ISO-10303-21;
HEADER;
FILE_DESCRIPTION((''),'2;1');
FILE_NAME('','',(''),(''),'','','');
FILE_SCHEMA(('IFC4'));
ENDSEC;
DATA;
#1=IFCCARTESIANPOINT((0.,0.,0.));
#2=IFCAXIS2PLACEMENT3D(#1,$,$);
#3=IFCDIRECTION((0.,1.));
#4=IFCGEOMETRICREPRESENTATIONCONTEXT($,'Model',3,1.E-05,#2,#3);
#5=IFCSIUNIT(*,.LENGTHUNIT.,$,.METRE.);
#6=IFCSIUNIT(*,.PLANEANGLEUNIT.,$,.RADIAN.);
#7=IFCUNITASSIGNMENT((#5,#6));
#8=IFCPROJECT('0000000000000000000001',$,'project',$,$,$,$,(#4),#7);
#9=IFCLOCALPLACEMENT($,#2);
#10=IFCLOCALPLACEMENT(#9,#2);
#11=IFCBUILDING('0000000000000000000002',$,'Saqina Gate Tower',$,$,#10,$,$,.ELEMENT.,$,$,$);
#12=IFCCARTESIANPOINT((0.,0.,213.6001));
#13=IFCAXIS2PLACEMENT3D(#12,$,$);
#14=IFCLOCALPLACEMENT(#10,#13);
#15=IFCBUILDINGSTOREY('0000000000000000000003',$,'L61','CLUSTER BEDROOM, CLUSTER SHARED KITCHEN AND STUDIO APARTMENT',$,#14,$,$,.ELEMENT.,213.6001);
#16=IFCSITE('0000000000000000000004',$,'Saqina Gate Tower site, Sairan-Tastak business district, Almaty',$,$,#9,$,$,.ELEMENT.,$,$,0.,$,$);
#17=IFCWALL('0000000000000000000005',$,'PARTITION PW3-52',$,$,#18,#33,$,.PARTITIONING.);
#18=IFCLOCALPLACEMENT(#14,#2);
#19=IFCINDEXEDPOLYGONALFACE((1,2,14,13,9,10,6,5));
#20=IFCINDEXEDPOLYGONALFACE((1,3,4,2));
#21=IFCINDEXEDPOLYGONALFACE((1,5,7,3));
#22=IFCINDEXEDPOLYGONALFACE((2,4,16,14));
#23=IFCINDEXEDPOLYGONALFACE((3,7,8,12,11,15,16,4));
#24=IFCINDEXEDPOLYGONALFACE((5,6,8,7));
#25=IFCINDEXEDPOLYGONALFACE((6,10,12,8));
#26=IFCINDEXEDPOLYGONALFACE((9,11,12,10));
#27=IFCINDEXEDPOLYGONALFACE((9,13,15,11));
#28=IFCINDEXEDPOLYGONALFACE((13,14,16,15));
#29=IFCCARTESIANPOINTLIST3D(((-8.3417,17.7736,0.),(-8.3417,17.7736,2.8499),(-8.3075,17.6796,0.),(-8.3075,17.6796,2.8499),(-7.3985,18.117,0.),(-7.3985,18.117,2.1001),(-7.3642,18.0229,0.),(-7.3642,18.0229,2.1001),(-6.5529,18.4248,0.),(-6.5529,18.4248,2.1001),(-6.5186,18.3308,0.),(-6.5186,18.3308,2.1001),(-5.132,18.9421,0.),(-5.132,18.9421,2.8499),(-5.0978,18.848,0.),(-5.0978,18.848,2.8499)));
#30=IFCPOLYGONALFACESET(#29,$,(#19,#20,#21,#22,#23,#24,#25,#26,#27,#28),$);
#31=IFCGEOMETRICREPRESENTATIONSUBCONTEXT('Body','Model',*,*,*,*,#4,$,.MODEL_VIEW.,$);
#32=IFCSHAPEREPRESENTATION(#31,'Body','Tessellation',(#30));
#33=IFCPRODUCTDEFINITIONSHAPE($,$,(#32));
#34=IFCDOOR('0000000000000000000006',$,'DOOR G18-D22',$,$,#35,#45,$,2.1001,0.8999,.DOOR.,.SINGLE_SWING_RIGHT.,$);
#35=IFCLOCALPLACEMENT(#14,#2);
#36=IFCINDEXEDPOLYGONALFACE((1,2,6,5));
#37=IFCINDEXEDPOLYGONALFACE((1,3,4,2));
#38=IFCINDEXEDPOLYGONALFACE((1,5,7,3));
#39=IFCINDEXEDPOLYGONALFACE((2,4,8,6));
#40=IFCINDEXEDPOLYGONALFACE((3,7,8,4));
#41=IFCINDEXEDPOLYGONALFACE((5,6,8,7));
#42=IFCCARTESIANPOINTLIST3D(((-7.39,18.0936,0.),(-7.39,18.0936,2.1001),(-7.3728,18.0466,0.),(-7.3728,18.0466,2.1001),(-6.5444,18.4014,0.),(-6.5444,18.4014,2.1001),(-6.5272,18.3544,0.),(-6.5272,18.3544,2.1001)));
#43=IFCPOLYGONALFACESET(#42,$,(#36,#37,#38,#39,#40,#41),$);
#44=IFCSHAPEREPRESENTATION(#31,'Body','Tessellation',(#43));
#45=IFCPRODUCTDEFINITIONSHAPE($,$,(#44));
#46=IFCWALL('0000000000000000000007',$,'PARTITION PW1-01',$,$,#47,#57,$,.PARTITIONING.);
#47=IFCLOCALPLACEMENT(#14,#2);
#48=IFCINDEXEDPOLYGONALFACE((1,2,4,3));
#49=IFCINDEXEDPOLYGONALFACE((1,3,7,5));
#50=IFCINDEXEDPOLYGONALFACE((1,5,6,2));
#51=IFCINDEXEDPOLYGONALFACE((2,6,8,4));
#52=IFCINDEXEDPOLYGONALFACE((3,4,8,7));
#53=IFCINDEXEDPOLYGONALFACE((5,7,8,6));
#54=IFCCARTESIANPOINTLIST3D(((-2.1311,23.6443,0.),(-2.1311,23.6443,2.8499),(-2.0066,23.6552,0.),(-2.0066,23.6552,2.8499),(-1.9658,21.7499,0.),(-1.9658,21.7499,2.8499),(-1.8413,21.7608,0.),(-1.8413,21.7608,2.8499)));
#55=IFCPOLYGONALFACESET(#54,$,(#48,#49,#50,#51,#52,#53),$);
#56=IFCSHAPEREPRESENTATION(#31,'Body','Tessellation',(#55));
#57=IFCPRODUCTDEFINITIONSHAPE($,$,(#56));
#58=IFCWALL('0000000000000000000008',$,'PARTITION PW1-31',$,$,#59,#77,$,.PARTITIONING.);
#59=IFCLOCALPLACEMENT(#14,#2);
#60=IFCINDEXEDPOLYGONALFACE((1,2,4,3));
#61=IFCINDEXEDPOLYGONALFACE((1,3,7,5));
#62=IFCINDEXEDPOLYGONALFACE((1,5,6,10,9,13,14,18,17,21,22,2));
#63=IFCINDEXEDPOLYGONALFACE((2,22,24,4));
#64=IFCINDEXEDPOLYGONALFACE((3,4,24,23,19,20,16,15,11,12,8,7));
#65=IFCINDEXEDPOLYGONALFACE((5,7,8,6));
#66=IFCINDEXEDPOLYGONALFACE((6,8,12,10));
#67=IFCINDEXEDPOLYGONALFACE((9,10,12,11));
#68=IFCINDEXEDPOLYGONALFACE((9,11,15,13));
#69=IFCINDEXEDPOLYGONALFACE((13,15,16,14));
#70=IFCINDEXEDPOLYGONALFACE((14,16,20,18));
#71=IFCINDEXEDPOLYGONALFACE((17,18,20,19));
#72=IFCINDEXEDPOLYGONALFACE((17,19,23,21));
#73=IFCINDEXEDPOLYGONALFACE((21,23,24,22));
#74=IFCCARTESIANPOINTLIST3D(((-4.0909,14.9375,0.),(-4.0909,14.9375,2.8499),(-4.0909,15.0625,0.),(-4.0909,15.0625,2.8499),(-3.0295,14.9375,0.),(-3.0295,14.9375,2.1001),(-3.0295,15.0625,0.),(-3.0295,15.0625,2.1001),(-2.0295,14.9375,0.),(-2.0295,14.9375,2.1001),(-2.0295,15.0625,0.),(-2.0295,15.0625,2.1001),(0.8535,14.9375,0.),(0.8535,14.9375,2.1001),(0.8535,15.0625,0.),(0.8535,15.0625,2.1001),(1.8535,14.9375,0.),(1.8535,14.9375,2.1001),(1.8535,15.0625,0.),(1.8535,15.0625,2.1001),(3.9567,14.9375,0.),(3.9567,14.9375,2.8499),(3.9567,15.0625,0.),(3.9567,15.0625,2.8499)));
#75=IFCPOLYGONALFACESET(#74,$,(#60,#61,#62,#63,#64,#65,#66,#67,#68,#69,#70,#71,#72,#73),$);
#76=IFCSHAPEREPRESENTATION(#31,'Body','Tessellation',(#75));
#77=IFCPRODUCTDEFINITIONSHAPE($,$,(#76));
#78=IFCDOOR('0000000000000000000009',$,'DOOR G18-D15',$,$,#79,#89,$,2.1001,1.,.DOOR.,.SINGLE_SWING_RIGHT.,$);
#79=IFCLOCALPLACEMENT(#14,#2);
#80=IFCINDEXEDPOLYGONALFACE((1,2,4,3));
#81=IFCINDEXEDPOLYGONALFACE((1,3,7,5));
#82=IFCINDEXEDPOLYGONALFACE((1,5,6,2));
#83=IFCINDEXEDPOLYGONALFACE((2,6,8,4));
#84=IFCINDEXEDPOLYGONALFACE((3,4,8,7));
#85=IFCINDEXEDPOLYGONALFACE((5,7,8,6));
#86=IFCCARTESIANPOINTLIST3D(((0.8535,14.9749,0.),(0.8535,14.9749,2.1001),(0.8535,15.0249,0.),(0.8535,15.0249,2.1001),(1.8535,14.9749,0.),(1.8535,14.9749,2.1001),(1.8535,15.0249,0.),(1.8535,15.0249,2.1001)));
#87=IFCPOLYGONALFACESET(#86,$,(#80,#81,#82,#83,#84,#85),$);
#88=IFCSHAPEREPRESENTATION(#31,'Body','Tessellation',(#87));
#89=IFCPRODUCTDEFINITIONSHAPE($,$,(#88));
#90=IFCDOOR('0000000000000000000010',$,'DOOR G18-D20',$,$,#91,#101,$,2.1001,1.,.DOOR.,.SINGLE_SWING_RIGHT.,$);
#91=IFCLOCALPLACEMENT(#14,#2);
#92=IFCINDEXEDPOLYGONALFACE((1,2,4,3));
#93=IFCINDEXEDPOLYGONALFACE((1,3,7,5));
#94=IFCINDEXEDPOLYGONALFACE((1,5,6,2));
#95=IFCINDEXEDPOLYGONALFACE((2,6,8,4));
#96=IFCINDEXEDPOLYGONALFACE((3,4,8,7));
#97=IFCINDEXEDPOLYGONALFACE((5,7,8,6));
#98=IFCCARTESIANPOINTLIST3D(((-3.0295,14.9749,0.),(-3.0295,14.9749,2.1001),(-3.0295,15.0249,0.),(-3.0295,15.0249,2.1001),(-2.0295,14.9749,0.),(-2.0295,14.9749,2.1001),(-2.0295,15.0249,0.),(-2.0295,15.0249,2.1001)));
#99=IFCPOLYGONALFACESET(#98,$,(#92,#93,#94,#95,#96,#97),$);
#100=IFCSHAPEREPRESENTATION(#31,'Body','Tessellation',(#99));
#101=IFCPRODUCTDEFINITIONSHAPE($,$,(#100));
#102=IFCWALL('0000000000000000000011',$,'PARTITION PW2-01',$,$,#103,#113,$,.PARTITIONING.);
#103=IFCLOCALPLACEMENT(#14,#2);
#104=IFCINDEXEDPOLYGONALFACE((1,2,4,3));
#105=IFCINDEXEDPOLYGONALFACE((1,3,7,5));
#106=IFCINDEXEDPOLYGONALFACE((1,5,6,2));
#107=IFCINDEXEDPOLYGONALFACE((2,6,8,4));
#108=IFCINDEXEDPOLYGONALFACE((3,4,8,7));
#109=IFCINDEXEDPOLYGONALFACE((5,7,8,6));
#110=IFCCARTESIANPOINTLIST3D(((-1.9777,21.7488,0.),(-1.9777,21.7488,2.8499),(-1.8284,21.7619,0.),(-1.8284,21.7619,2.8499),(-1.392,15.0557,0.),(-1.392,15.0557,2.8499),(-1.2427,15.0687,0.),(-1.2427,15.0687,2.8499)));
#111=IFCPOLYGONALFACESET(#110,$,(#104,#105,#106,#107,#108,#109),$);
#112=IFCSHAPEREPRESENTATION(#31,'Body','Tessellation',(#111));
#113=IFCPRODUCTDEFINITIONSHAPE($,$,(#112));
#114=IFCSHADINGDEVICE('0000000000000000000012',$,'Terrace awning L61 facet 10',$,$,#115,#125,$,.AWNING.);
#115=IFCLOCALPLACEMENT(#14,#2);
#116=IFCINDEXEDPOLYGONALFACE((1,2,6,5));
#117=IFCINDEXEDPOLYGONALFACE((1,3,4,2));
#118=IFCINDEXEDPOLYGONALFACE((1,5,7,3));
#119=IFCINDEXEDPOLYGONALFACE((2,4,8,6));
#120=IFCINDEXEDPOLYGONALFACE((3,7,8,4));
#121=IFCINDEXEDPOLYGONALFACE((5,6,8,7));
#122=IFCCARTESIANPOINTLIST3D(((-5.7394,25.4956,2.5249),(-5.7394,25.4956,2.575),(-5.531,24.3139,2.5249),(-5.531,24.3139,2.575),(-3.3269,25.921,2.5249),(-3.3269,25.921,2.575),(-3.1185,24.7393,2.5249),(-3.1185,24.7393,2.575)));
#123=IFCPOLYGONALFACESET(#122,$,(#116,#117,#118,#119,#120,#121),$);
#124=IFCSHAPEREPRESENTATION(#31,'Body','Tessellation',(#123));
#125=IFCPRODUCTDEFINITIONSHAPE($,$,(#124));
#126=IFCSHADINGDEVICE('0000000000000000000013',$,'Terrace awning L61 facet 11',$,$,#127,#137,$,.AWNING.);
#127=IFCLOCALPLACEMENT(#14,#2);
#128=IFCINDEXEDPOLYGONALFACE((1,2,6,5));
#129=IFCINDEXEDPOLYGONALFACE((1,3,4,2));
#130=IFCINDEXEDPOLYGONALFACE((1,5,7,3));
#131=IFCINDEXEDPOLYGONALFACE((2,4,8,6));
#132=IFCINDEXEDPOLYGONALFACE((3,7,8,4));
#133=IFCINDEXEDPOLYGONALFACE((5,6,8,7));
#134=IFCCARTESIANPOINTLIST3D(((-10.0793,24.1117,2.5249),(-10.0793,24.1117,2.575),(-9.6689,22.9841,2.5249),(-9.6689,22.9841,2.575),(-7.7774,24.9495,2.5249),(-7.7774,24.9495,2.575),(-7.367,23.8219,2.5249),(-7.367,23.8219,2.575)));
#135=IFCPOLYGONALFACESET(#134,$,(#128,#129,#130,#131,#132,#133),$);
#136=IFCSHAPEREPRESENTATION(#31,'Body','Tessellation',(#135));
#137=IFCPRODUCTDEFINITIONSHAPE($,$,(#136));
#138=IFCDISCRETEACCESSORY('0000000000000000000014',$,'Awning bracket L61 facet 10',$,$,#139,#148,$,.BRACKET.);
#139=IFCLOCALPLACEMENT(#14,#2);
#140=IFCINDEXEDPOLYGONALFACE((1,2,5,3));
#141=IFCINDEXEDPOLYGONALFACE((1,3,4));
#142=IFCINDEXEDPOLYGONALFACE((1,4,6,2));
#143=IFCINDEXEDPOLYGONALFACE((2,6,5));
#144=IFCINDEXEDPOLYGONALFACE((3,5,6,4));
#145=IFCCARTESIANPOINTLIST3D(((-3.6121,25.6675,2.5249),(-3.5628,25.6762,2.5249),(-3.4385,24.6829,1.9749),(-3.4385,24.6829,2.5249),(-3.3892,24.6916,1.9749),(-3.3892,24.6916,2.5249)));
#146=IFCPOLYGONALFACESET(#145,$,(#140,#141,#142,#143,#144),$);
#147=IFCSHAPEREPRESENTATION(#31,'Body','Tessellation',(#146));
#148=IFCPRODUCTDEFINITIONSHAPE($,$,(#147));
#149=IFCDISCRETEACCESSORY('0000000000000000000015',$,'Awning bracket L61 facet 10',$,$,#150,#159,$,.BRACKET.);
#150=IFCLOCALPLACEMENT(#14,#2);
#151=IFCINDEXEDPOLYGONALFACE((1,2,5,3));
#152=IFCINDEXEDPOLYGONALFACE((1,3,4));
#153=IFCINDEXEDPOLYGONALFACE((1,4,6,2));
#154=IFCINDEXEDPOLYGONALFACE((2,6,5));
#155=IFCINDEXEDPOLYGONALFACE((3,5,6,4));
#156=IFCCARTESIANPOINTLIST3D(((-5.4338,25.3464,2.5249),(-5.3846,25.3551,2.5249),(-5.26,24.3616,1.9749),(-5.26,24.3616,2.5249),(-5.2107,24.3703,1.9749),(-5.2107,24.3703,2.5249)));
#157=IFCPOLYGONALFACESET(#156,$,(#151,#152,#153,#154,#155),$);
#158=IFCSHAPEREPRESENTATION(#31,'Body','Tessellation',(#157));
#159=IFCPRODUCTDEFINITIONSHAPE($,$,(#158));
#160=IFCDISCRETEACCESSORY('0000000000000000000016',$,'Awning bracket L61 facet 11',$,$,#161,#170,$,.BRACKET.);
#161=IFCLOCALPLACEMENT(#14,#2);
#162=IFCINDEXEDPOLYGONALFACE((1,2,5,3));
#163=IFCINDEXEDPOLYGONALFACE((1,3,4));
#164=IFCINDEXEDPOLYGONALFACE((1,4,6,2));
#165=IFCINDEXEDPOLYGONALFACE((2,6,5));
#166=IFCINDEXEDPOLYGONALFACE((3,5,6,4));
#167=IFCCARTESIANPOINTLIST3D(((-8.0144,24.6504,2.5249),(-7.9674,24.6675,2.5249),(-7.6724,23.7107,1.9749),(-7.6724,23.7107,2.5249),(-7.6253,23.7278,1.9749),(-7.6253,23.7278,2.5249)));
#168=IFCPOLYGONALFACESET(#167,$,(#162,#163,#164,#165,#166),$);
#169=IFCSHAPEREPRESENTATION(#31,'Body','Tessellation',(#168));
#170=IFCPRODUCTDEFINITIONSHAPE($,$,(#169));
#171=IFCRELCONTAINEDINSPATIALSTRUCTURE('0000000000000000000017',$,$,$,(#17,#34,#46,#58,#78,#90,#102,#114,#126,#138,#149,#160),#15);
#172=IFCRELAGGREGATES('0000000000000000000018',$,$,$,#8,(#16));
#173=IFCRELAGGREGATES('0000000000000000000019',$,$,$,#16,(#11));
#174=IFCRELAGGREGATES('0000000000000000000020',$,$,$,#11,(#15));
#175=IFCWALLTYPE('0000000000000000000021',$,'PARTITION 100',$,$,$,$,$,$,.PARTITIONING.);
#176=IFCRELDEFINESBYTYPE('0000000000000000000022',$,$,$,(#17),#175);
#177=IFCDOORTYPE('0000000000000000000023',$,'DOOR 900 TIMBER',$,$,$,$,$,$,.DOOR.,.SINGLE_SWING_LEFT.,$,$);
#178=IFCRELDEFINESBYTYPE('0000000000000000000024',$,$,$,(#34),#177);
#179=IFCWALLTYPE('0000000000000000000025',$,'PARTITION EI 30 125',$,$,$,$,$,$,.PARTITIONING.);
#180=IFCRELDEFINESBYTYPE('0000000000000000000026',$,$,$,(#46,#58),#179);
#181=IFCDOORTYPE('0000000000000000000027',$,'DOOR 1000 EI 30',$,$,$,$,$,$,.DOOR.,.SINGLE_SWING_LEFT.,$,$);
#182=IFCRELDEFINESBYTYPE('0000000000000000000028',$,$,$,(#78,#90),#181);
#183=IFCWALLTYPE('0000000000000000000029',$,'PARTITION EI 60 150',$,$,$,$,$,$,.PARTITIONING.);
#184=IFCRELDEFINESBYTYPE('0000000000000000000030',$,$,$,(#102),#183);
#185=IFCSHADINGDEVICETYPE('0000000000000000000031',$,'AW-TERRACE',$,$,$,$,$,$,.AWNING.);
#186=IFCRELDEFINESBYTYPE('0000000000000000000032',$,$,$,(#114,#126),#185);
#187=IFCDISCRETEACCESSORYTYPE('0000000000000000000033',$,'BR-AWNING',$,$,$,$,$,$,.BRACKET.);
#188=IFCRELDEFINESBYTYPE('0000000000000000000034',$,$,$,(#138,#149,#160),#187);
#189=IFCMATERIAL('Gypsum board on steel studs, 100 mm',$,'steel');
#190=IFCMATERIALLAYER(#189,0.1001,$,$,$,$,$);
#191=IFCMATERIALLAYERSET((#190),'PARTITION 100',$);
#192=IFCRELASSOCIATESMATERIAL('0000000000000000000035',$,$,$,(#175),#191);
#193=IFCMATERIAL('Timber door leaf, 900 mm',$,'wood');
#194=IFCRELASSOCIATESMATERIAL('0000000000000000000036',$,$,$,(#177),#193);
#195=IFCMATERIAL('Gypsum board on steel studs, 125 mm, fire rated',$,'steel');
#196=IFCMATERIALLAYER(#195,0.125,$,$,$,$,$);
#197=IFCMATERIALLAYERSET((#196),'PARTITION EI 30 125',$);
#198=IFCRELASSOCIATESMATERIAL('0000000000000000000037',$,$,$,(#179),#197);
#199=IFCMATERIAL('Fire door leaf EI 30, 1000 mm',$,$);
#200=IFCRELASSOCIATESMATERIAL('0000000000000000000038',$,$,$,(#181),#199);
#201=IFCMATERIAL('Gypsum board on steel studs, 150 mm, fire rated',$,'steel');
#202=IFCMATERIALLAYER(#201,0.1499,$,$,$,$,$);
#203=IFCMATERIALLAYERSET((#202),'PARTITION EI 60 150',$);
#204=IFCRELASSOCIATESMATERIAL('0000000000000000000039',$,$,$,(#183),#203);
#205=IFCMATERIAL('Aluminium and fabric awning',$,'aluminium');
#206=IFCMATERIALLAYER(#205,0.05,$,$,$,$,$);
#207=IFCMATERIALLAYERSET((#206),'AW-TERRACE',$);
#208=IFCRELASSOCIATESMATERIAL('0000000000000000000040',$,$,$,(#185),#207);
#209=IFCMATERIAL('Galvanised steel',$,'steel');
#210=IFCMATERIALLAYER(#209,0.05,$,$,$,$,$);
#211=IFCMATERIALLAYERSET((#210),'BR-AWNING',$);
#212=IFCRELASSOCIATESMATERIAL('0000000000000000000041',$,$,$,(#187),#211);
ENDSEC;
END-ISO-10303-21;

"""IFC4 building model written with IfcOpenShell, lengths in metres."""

from ifc_helpers import new_model, si_unit, direction, frame, frame_2d, origin, origin_2d, place, context, subcontext, project, spatial, polyline, rectangle, outline, extrude, material, layer, layer_set, type_object, element, fill, save


model = new_model("IFC4")

# Units and contexts
model_context = context("Model", 3, precision=1e-05, world=origin(), true_north=direction((0.0, 1.0)))
body_context = subcontext(model_context, "Body", "Model", "MODEL_VIEW")
ifc_project = project(units=[si_unit("LENGTHUNIT", "METRE"), si_unit("PLANEANGLEUNIT", "RADIAN")], contexts=[model_context])

# Site, building, storey
site_placement = place(None, origin())
site = spatial("IfcSite", under=ifc_project, at=site_placement, Name="Saqina Gate Tower site, Sairan-Tastak business district, Almaty", CompositionType="ELEMENT", RefElevation=0.0)
building_placement = place(site_placement, origin())
building = spatial("IfcBuilding", under=site, at=building_placement, Name="Saqina Gate Tower", CompositionType="ELEMENT")
storey_placement = place(building_placement, frame((0.0, 0.0, 213.6001)))
storey = spatial("IfcBuildingStorey", under=building, at=storey_placement, Name="L61", Description="CLUSTER BEDROOM, CLUSTER SHARED KITCHEN AND STUDIO APARTMENT", CompositionType="ELEMENT", Elevation=213.6001)

# Shared definitions
ifc_material_1 = material(Name="Gypsum board on steel studs, 100 mm", Category="steel")
ifc_layer_1 = layer(ifc_material_1, 0.1001)
ifc_layer_set_1 = layer_set([ifc_layer_1], Name="PARTITION 100")
wall_type_1 = type_object("IfcWallType", Name="PARTITION 100", PredefinedType="PARTITIONING", material=ifc_layer_set_1)

# Wall, opening, door
wall_1_placement = place(storey_placement, frame((-8.3247, 17.7266, 0.0), z_axis=(0.0, 0.0, 1.0), x_axis=(0.939672, 0.342076, 0.0)))
wall_1 = element("IfcWall", 1, at=wall_1_placement, inside=storey, type_object=wall_type_1, Name="PARTITION PW3-52", PredefinedType="PARTITIONING", context=body_context, shape_type="SweptSolid", body=[
    extrude(rectangle(XDim=3.4158, YDim=0.1001, at=frame_2d((1.708, 0.0))), origin(), (0.0, 0.0, 1.0), 2.8499),
])
opening_1_placement = place(wall_1_placement, frame((1.0039, 0.0, 0.0)))
opening_1 = element("IfcOpeningElement", 2, at=opening_1_placement, cuts=wall_1, PredefinedType="OPENING", context=body_context, shape_type="SweptSolid", body=[
    extrude(rectangle(XDim=0.8999, YDim=2.1001, at=frame_2d((0.45, 1.05))), frame((0.0, 0.062, 0.0), z_axis=(0.0, -1.0, 0.0), x_axis=(1.0, 0.0, 0.0)), (0.0, 0.0, 1.0), 0.124),
])
ifc_material_2 = material(Name="Timber door leaf, 900 mm", Category="wood")
door_type_1 = type_object("IfcDoorType", Name="DOOR 900 TIMBER", OperationType="SINGLE_SWING_LEFT", PredefinedType="DOOR", material=ifc_material_2)
door_1_placement = place(opening_1_placement, frame((0.8999, 0.0, 0.0), z_axis=(0.0, 0.0, 1.0), x_axis=(-1.0, 0.0, 0.0)))
door_1 = element("IfcDoor", 3, at=door_1_placement, inside=storey, type_object=door_type_1, Name="DOOR G18-D22", OperationType="SINGLE_SWING_RIGHT", OverallHeight=2.1001, OverallWidth=0.8999, PredefinedType="DOOR", context=body_context, shape_type="SweptSolid", body=[
    extrude(rectangle(XDim=0.8999, YDim=2.1001, at=frame_2d((0.45, 1.05))), frame((0.0, 0.0249, 0.0), z_axis=(0.0, -1.0, 0.0), x_axis=(1.0, 0.0, 0.0)), (0.0, 0.0, 1.0), 0.05),
])
fill(opening_1, door_1)

# Wall
ifc_material_3 = material(Name="Gypsum board on steel studs, 125 mm, fire rated", Category="steel")
ifc_layer_2 = layer(ifc_material_3, 0.125)
ifc_layer_set_2 = layer_set([ifc_layer_2], Name="PARTITION EI 30 125")
wall_type_2 = type_object("IfcWallType", Name="PARTITION EI 30 125", PredefinedType="PARTITIONING", material=ifc_layer_set_2)
wall_2_placement = place(storey_placement, frame((-2.0688, 23.6497, 0.0), z_axis=(0.0, 0.0, 1.0), x_axis=(0.086912, -0.996216, 0.0)))
element("IfcWall", 4, at=wall_2_placement, inside=storey, type_object=wall_type_2, Name="PARTITION PW1-01", PredefinedType="PARTITIONING", context=body_context, shape_type="SweptSolid", body=[
    extrude(rectangle(XDim=1.9016, YDim=0.125, at=frame_2d((0.9507, 0.0))), origin(), (0.0, 0.0, 1.0), 2.8499),
])

# Wall, openings, doors
wall_3_placement = place(storey_placement, frame((-4.0911, 15.0, 0.0), z_axis=(0.0, 0.0, 1.0), x_axis=(1.0, 0.0, 0.0)))
wall_3 = element("IfcWall", 5, at=wall_3_placement, inside=storey, type_object=wall_type_2, Name="PARTITION PW1-31", PredefinedType="PARTITIONING", context=body_context, shape_type="SweptSolid", body=[
    extrude(rectangle(XDim=8.0476, YDim=0.125, at=frame_2d((4.0239, 0.0))), origin(), (0.0, 0.0, 1.0), 2.8499),
])
opening_2_placement = place(wall_3_placement, frame((4.9446, 0.0, 0.0)))
opening_2 = element("IfcOpeningElement", 6, at=opening_2_placement, cuts=wall_3, PredefinedType="OPENING", context=body_context, shape_type="SweptSolid", body=[
    extrude(rectangle(XDim=1.0, YDim=2.1001, at=frame_2d((0.5, 1.05))), frame((0.0, 0.0745, 0.0), z_axis=(0.0, -1.0, 0.0), x_axis=(1.0, 0.0, 0.0)), (0.0, 0.0, 1.0), 0.1489),
])
opening_3_placement = place(wall_3_placement, frame((1.0615, 0.0, 0.0)))
opening_3 = element("IfcOpeningElement", 7, at=opening_3_placement, cuts=wall_3, PredefinedType="OPENING", context=body_context, shape_type="SweptSolid", body=[
    extrude(rectangle(XDim=1.0, YDim=2.1001, at=frame_2d((0.5, 1.05))), frame((0.0, 0.0745, 0.0), z_axis=(0.0, -1.0, 0.0), x_axis=(1.0, 0.0, 0.0)), (0.0, 0.0, 1.0), 0.1489),
])
ifc_material_4 = material(Name="Fire door leaf EI 30, 1000 mm")
door_type_2 = type_object("IfcDoorType", Name="DOOR 1000 EI 30", OperationType="SINGLE_SWING_LEFT", PredefinedType="DOOR", material=ifc_material_4)
door_2_placement = place(opening_2_placement, origin())
door_2 = element("IfcDoor", 8, at=door_2_placement, inside=storey, type_object=door_type_2, Name="DOOR G18-D15", OperationType="SINGLE_SWING_RIGHT", OverallHeight=2.1001, OverallWidth=1.0, PredefinedType="DOOR", context=body_context, shape_type="SweptSolid", body=[
    extrude(rectangle(XDim=1.0, YDim=2.1001, at=frame_2d((0.5, 1.05))), frame((0.0, 0.0249, 0.0), z_axis=(0.0, -1.0, 0.0), x_axis=(1.0, 0.0, 0.0)), (0.0, 0.0, 1.0), 0.05),
])
fill(opening_2, door_2)
door_3_placement = place(opening_3_placement, origin())
door_3 = element("IfcDoor", 9, at=door_3_placement, inside=storey, type_object=door_type_2, Name="DOOR G18-D20", OperationType="SINGLE_SWING_RIGHT", OverallHeight=2.1001, OverallWidth=1.0, PredefinedType="DOOR", context=body_context, shape_type="SweptSolid", body=[
    extrude(rectangle(XDim=1.0, YDim=2.1001, at=frame_2d((0.5, 1.05))), frame((0.0, 0.0249, 0.0), z_axis=(0.0, -1.0, 0.0), x_axis=(1.0, 0.0, 0.0)), (0.0, 0.0, 1.0), 0.05),
])
fill(opening_3, door_3)

# Wall
ifc_material_5 = material(Name="Gypsum board on steel studs, 150 mm, fire rated", Category="steel")
ifc_layer_3 = layer(ifc_material_5, 0.1499)
ifc_layer_set_3 = layer_set([ifc_layer_3], Name="PARTITION EI 60 150")
wall_type_3 = type_object("IfcWallType", Name="PARTITION EI 60 150", PredefinedType="PARTITIONING", material=ifc_layer_set_3)
wall_4_placement = place(storey_placement, frame((-1.9031, 21.7554, 0.0), z_axis=(0.0, 0.0, 1.0), x_axis=(0.087174, -0.996193, 0.0)))
element("IfcWall", 10, at=wall_4_placement, inside=storey, type_object=wall_type_3, Name="PARTITION PW2-01", PredefinedType="PARTITIONING", context=body_context, shape_type="SweptSolid", body=[
    extrude(rectangle(XDim=6.7188, YDim=0.1499, at=frame_2d((3.3594, 0.0))), origin(), (0.0, 0.0, 1.0), 2.8499),
])

# Shading devices
ifc_material_6 = material(Name="Aluminium and fabric awning", Category="aluminium")
ifc_layer_4 = layer(ifc_material_6, 0.05)
ifc_layer_set_4 = layer_set([ifc_layer_4], Name="AW-TERRACE")
shading_device_type = type_object("IfcShadingDeviceType", Name="AW-TERRACE", PredefinedType="AWNING", material=ifc_layer_set_4)
for number, where, z_axis, x_axis, name in (
    (11, (-4.429, 25.1174, 2.5249), (0.0, 0.0, 1.0), (-0.984808, -0.173648, 0.0), "Terrace awning L61 facet 10"),
    (12, (-8.7231, 23.9668, 2.5249), (0.0, 0.0, 1.0), (-0.939693, -0.34202, 0.0), "Terrace awning L61 facet 11"),
):
    element("IfcShadingDevice", number, at=place(storey_placement, frame(where, z_axis=z_axis, x_axis=x_axis)), inside=storey, type_object=shading_device_type, Name=name, PredefinedType="AWNING", context=body_context, shape_type="SweptSolid", body=[
        extrude(rectangle(XDim=2.4497, YDim=1.2, at=origin_2d()), origin(), (0.0, 0.0, 1.0), 0.05),
    ])

# Discrete accessories
ifc_material_7 = material(Name="Galvanised steel", Category="steel")
ifc_layer_5 = layer(ifc_material_7, 0.05)
ifc_layer_set_5 = layer_set([ifc_layer_5], Name="BR-AWNING")
discrete_accessory_type_1 = type_object("IfcDiscreteAccessoryType", Name="BR-AWNING", PredefinedType="BRACKET", material=ifc_layer_set_5)
discrete_accessory_1_placement = place(storey_placement, frame((-3.4385, 24.6829, 1.9749), z_axis=(-0.984813, -0.173618, 0.0), x_axis=(0.0, 0.0, 1.0)))
element("IfcDiscreteAccessory", 13, at=discrete_accessory_1_placement, inside=storey, type_object=discrete_accessory_type_1, Name="Awning bracket L61 facet 10", PredefinedType="BRACKET", context=body_context, shape_type="SweptSolid", body=[
    extrude(outline(polyline([(0.0, 0.0), (0.55, 0.0), (0.55, 0.9998), (0.0, 0.0)])), origin(), (0.0, 0.0, -1.0), 0.05),
])
discrete_accessory_2_placement = place(storey_placement, frame((-5.26, 24.3616, 1.9749), z_axis=(-0.984779, -0.173813, 0.0), x_axis=(0.0, 0.0, 1.0)))
element("IfcDiscreteAccessory", 14, at=discrete_accessory_2_placement, inside=storey, type_object=discrete_accessory_type_1, Name="Awning bracket L61 facet 10", PredefinedType="BRACKET", context=body_context, shape_type="SweptSolid", body=[
    extrude(outline(polyline([(0.0, 0.0), (0.55, 0.0), (0.55, 1.0001), (0.0, 0.0)])), origin(), (0.0, 0.0, -1.0), 0.05),
])
discrete_accessory_3_placement = place(storey_placement, frame((-7.6724, 23.7107, 1.9749), z_axis=(-0.939686, -0.342037, 0.0), x_axis=(0.0, 0.0, 1.0)))
element("IfcDiscreteAccessory", 15, at=discrete_accessory_3_placement, inside=storey, type_object=discrete_accessory_type_1, Name="Awning bracket L61 facet 11", PredefinedType="BRACKET", context=body_context, shape_type="SweptSolid", body=[
    extrude(outline(polyline([(0.0, 0.0), (0.55, 0.0), (0.55, 1.0), (0.0, 0.0)])), origin(), (0.0, 0.0, -1.0), 0.05),
])

save(model, "model.ifc")
